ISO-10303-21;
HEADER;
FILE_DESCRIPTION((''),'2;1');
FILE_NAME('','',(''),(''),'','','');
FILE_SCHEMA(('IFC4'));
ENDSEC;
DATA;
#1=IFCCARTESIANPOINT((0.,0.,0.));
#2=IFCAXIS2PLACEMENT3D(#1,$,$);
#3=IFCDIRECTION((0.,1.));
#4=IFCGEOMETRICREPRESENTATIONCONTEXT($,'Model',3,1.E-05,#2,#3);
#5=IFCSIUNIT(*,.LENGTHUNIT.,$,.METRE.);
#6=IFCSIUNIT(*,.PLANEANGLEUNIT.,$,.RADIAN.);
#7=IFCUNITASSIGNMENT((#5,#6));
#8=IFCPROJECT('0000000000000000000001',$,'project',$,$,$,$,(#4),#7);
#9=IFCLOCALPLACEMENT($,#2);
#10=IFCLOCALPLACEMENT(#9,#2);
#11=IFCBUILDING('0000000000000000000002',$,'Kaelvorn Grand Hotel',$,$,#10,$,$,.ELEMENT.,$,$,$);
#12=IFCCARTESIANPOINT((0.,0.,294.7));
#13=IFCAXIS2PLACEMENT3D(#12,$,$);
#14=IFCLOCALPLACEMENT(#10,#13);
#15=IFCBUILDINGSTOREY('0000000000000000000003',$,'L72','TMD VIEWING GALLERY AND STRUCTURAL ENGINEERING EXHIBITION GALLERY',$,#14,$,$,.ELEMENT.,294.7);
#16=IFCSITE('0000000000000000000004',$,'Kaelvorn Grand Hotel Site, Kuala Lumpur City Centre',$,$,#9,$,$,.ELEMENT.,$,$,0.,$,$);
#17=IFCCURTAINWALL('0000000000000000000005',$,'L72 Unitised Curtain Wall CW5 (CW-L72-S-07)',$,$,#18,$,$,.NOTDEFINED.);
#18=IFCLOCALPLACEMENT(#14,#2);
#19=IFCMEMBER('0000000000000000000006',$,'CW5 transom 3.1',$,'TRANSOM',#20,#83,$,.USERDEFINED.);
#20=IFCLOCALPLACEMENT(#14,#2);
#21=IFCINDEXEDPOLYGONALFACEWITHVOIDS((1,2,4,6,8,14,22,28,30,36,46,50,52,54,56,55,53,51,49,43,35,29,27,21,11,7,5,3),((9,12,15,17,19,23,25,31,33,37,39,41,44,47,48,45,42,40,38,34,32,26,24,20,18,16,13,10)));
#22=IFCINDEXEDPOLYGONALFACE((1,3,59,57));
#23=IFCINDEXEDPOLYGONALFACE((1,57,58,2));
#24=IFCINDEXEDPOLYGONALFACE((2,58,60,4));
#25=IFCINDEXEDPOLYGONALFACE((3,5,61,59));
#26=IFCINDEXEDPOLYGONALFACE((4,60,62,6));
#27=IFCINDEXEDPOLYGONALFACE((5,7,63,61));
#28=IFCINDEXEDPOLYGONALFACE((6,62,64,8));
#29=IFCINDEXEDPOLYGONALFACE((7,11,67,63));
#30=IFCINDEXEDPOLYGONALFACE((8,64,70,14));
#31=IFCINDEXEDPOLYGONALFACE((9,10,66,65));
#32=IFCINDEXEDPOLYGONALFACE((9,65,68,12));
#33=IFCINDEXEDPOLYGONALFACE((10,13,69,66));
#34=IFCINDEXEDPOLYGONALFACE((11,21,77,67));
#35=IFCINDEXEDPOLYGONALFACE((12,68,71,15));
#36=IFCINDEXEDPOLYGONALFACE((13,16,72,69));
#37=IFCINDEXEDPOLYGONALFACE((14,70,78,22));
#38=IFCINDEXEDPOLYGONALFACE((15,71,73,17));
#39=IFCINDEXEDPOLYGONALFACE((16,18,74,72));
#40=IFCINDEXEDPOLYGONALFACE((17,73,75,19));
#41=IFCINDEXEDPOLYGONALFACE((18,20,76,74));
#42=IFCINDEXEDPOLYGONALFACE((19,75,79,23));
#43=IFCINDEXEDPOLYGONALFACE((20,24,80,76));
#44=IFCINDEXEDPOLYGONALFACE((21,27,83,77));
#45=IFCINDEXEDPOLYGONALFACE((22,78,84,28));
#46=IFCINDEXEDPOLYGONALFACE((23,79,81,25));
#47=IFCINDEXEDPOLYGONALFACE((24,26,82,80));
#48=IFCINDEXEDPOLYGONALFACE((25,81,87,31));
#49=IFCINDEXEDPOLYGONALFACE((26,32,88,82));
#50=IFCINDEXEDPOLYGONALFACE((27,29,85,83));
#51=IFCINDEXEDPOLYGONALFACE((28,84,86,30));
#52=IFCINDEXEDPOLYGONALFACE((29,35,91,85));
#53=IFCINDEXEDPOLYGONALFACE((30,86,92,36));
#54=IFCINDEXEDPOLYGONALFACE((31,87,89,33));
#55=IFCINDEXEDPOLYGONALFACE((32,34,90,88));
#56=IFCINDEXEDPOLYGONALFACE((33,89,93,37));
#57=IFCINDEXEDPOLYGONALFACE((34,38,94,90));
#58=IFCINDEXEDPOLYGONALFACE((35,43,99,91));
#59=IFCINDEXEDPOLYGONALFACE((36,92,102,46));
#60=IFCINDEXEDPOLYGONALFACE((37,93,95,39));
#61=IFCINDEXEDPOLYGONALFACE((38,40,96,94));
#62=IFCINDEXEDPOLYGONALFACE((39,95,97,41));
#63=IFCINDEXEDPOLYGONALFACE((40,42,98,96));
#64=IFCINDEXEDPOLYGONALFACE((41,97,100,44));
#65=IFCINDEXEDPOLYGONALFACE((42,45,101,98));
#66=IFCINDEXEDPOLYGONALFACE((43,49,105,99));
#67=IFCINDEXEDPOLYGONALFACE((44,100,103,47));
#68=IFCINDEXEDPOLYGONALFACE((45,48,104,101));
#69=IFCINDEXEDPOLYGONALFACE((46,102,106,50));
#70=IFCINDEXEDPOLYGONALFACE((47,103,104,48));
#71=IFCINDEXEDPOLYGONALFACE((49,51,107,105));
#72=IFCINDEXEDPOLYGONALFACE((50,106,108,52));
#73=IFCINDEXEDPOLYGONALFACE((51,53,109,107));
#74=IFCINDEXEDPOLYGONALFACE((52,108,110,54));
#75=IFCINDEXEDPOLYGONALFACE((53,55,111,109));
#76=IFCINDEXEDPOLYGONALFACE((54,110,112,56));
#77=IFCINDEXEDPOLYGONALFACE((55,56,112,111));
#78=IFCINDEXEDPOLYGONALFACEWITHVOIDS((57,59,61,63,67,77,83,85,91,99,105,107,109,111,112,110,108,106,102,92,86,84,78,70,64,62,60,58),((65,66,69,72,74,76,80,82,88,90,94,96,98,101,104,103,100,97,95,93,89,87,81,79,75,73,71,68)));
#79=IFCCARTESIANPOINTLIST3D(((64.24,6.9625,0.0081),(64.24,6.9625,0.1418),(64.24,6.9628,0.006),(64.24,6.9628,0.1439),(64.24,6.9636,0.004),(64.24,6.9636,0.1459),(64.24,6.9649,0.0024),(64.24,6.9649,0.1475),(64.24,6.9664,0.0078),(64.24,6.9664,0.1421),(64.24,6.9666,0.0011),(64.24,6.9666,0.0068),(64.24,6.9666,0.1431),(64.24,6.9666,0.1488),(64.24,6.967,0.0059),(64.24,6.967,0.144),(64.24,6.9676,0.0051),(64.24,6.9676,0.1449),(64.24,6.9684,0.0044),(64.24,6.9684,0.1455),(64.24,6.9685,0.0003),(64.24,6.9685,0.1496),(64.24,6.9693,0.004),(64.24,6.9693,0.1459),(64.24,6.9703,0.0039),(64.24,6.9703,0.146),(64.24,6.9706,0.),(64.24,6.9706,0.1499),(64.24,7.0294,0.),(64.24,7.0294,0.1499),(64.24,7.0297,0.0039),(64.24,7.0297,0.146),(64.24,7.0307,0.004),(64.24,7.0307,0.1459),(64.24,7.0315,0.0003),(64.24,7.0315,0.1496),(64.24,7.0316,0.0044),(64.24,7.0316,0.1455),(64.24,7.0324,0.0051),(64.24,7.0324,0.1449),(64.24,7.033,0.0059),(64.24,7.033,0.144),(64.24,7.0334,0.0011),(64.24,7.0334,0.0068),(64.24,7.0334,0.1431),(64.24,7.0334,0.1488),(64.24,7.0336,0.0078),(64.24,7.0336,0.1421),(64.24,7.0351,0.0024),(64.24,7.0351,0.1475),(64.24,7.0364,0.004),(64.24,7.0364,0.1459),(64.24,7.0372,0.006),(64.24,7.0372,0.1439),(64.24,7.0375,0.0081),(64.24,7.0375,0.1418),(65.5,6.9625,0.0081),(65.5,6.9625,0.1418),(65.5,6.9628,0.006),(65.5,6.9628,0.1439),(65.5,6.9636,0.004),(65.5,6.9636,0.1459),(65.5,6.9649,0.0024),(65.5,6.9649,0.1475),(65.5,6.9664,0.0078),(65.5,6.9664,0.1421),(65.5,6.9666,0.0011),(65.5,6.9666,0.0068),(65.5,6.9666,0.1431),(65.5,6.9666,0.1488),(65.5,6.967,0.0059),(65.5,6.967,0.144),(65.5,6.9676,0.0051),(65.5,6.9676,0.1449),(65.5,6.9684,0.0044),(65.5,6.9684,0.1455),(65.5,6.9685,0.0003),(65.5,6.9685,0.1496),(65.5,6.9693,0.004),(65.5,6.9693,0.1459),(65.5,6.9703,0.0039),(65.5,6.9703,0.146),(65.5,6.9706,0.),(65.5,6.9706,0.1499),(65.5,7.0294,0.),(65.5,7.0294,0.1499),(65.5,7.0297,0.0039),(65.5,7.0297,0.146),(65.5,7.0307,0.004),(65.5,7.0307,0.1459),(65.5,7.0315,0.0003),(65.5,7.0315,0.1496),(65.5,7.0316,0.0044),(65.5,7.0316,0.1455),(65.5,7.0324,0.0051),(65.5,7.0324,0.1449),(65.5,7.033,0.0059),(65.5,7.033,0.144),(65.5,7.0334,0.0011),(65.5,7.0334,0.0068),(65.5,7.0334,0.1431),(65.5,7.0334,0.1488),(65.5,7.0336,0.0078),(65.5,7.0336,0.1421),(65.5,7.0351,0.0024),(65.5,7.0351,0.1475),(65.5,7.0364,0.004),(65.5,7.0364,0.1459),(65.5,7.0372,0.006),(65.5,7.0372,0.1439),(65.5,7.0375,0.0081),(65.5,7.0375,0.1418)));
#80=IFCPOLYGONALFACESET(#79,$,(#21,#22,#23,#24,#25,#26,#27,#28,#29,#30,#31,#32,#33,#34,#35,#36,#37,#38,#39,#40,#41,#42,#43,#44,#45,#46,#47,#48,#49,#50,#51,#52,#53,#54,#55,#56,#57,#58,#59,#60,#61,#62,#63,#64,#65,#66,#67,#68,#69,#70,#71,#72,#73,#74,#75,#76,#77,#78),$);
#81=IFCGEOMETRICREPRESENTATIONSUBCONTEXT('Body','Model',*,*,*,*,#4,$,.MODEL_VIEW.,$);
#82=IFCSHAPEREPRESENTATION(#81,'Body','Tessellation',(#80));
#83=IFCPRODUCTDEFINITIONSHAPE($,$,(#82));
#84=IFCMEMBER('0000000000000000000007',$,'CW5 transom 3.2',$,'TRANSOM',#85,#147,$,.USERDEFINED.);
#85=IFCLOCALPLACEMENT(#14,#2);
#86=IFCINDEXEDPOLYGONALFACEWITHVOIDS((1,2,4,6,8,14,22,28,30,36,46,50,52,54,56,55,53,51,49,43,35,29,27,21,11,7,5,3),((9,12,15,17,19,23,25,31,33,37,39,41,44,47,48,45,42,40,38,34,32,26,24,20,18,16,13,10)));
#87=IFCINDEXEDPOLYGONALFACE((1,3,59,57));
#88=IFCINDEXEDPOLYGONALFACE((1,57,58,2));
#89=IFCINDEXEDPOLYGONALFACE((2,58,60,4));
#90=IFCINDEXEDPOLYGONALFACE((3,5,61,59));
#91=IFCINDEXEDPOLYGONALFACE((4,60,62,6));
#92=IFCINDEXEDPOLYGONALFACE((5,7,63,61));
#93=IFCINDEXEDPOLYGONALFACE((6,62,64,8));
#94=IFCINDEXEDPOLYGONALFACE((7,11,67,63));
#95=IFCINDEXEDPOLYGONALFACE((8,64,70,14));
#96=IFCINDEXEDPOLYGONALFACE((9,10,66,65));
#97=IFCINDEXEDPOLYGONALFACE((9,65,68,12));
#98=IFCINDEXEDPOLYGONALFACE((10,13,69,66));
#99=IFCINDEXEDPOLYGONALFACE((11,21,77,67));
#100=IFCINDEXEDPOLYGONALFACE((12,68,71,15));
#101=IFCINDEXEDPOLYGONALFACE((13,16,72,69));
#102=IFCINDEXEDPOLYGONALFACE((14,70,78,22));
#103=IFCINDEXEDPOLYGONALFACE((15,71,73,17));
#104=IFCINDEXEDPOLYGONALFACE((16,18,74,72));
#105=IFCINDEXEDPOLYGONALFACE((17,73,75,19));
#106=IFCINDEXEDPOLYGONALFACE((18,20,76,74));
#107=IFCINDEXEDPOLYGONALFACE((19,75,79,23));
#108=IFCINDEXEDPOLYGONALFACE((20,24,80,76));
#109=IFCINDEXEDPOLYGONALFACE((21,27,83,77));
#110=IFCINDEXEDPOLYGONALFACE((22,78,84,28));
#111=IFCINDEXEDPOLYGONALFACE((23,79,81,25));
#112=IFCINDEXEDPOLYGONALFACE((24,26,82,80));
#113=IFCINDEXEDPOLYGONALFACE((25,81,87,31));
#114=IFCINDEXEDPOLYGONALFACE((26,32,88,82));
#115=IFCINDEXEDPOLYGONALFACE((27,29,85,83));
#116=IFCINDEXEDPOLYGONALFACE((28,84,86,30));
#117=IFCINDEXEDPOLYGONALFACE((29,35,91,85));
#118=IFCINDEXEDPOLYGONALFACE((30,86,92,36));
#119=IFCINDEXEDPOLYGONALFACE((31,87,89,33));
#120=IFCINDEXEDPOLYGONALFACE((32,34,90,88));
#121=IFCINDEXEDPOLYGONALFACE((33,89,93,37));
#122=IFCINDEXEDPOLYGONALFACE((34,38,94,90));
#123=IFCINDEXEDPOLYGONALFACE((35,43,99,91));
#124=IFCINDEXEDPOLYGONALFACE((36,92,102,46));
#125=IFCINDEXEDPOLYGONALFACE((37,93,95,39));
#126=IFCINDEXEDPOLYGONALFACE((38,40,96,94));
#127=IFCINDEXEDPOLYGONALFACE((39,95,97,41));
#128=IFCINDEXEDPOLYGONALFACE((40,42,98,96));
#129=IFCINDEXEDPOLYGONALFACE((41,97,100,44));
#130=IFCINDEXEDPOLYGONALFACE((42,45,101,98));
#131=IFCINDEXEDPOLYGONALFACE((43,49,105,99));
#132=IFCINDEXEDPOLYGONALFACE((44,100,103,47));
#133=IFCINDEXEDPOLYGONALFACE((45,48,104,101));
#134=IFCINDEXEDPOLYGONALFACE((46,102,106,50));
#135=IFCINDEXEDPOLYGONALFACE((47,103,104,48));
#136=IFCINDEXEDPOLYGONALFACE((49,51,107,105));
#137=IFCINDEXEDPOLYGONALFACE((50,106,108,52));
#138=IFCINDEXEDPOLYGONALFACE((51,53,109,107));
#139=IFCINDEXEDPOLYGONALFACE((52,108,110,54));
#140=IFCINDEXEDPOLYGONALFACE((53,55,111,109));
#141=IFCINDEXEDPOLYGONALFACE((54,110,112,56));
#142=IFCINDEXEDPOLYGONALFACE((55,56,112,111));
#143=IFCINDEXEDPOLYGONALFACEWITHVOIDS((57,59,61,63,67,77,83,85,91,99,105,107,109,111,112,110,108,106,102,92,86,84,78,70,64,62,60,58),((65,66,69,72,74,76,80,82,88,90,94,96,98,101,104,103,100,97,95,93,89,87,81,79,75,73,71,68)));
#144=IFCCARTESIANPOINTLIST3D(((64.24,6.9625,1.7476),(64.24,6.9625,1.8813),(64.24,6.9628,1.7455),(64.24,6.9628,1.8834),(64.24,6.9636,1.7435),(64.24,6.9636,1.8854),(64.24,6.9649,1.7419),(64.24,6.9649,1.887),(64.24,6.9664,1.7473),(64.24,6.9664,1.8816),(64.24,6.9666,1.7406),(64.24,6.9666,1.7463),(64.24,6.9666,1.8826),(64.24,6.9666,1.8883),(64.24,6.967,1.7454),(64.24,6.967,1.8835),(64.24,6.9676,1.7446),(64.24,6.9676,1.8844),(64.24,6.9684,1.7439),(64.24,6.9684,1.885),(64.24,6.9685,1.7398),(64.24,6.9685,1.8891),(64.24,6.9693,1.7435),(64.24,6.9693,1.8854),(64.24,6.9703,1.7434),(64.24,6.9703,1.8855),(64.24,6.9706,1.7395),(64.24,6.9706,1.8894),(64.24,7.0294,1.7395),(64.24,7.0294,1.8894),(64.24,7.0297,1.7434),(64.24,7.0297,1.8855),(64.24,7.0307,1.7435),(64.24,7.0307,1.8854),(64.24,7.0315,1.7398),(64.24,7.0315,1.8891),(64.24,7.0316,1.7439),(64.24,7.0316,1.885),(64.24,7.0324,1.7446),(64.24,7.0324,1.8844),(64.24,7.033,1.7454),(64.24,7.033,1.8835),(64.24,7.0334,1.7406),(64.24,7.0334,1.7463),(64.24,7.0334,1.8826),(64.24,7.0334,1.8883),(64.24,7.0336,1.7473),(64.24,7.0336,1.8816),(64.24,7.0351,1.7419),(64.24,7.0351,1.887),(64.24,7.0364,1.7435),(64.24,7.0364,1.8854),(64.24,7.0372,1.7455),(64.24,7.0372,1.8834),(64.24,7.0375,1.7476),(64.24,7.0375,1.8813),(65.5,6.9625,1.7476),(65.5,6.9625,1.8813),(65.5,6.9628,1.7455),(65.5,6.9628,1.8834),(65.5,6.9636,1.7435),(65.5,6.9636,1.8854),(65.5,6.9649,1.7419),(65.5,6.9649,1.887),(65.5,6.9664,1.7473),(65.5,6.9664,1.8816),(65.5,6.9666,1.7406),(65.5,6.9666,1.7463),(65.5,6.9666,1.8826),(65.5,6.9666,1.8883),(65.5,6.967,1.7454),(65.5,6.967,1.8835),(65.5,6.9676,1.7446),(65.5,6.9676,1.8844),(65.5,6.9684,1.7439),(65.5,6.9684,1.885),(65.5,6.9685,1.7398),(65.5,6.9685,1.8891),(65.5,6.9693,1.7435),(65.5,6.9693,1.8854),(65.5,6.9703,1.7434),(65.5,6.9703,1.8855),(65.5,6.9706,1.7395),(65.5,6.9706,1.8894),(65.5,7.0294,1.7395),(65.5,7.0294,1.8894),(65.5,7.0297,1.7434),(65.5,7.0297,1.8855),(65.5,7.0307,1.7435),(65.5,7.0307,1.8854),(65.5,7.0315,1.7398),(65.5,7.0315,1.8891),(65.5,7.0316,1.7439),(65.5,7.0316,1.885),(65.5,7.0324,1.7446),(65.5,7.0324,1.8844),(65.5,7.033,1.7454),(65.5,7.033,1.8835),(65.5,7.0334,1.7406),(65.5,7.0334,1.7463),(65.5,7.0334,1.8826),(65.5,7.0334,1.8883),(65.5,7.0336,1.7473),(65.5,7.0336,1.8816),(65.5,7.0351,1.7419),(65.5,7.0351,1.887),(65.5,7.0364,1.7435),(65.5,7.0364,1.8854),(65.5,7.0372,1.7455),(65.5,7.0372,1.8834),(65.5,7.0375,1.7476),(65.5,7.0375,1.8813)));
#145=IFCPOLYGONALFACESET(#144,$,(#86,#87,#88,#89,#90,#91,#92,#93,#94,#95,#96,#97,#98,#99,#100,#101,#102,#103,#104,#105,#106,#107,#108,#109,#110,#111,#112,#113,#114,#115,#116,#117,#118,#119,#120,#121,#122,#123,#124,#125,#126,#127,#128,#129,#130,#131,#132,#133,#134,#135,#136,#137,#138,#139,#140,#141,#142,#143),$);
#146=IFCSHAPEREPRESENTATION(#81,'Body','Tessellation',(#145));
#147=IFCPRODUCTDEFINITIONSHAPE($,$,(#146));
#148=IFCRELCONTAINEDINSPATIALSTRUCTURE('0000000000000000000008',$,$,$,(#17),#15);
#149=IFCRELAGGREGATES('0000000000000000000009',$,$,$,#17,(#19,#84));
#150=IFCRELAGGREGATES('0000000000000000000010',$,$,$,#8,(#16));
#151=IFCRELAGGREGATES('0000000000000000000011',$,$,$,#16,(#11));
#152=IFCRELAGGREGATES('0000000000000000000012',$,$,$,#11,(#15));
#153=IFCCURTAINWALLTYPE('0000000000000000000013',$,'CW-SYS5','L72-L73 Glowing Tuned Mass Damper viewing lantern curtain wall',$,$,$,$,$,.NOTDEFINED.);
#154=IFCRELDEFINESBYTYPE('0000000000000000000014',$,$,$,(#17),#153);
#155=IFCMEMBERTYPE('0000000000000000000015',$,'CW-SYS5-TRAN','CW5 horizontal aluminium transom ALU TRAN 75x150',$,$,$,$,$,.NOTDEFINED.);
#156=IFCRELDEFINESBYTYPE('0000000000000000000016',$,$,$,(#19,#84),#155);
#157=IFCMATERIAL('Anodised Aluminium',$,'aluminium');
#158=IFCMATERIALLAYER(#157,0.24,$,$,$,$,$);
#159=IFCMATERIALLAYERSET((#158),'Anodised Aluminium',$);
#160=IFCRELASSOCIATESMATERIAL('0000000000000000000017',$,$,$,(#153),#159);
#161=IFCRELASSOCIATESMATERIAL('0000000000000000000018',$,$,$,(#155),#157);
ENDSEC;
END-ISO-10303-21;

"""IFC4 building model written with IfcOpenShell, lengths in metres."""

from ifc_helpers import new_model, si_unit, direction, frame, origin, origin_2d, place, context, subcontext, project, spatial, hollow_rectangle, extrude, material, layer, layer_set, material_profile, profile_set, type_object, element, aggregate, save


model = new_model("IFC4")

# Units and contexts
model_context = context("Model", 3, precision=1e-05, world=origin(), true_north=direction((0.0, 1.0)))
body_context = subcontext(model_context, "Body", "Model", "MODEL_VIEW")
ifc_project = project(units=[si_unit("LENGTHUNIT", "METRE"), si_unit("PLANEANGLEUNIT", "RADIAN")], contexts=[model_context])

# Site, building, storey
site_placement = place(None, origin())
site = spatial("IfcSite", under=ifc_project, at=site_placement, Name="Kaelvorn Grand Hotel Site, Kuala Lumpur City Centre", CompositionType="ELEMENT", RefElevation=0.0)
building_placement = place(site_placement, origin())
building = spatial("IfcBuilding", under=site, at=building_placement, Name="Kaelvorn Grand Hotel", CompositionType="ELEMENT")
storey_placement = place(building_placement, frame((0.0, 0.0, 294.7)))
storey = spatial("IfcBuildingStorey", under=building, at=storey_placement, Name="L72", Description="TMD VIEWING GALLERY AND STRUCTURAL ENGINEERING EXHIBITION GALLERY", CompositionType="ELEMENT", Elevation=294.7)

# Curtain wall, members
ifc_material_1 = material(Name="Anodised Aluminium", Category="aluminium")
ifc_layer_1 = layer(ifc_material_1, 0.24)
ifc_layer_set_1 = layer_set([ifc_layer_1], Name="Anodised Aluminium")
curtain_wall_type = type_object("IfcCurtainWallType", Name="CW-SYS5", Description="L72-L73 Glowing Tuned Mass Damper viewing lantern curtain wall", PredefinedType="NOTDEFINED", material=ifc_layer_set_1)
curtain_wall_placement = place(storey_placement, origin())
curtain_wall = element("IfcCurtainWall", 1, at=curtain_wall_placement, inside=storey, type_object=curtain_wall_type, Name="L72 Unitised Curtain Wall CW5 (CW-L72-S-07)", PredefinedType="NOTDEFINED")
ifc_material_profile_1 = material_profile(ifc_material_1, hollow_rectangle(XDim=0.075, YDim=0.1499, WallThickness=0.0039, InnerFilletRadius=0.0039, OuterFilletRadius=0.0081, at=origin_2d()), Name="ALU TRAN 75x150")
ifc_profile_set_1 = profile_set([ifc_material_profile_1], Name="Anodised Aluminium")
member_type_1 = type_object("IfcMemberType", Name="CW-SYS5-TRAN", Description="CW5 horizontal aluminium transom ALU TRAN 75x150", PredefinedType="NOTDEFINED", material=ifc_profile_set_1)
member_1_placement = place(storey_placement, frame((64.24, 7.0, 0.075), z_axis=(1.0, 0.0, 0.0), x_axis=(0.0, 1.0, 0.0)))
member_1 = element("IfcMember", 2, at=member_1_placement, type_object=member_type_1, Name="CW5 transom 3.1", ObjectType="TRANSOM", PredefinedType="USERDEFINED", context=body_context, shape_type="SweptSolid", body=[
    extrude(hollow_rectangle(XDim=0.075, YDim=0.1499, WallThickness=0.0039, InnerFilletRadius=0.0039, OuterFilletRadius=0.0081, at=origin_2d()), origin(), (0.0, 0.0, 1.0), 1.26),
])
member_2_placement = place(storey_placement, frame((64.24, 7.0, 1.8145), z_axis=(1.0, 0.0, 0.0), x_axis=(0.0, 1.0, 0.0)))
member_2 = element("IfcMember", 3, at=member_2_placement, type_object=member_type_1, Name="CW5 transom 3.2", ObjectType="TRANSOM", PredefinedType="USERDEFINED", context=body_context, shape_type="SweptSolid", body=[
    extrude(hollow_rectangle(XDim=0.075, YDim=0.1499, WallThickness=0.0039, InnerFilletRadius=0.0039, OuterFilletRadius=0.0081, at=origin_2d()), origin(), (0.0, 0.0, 1.0), 1.26),
])
aggregate(curtain_wall, [member_1, member_2])

save(model, "model.ifc")
